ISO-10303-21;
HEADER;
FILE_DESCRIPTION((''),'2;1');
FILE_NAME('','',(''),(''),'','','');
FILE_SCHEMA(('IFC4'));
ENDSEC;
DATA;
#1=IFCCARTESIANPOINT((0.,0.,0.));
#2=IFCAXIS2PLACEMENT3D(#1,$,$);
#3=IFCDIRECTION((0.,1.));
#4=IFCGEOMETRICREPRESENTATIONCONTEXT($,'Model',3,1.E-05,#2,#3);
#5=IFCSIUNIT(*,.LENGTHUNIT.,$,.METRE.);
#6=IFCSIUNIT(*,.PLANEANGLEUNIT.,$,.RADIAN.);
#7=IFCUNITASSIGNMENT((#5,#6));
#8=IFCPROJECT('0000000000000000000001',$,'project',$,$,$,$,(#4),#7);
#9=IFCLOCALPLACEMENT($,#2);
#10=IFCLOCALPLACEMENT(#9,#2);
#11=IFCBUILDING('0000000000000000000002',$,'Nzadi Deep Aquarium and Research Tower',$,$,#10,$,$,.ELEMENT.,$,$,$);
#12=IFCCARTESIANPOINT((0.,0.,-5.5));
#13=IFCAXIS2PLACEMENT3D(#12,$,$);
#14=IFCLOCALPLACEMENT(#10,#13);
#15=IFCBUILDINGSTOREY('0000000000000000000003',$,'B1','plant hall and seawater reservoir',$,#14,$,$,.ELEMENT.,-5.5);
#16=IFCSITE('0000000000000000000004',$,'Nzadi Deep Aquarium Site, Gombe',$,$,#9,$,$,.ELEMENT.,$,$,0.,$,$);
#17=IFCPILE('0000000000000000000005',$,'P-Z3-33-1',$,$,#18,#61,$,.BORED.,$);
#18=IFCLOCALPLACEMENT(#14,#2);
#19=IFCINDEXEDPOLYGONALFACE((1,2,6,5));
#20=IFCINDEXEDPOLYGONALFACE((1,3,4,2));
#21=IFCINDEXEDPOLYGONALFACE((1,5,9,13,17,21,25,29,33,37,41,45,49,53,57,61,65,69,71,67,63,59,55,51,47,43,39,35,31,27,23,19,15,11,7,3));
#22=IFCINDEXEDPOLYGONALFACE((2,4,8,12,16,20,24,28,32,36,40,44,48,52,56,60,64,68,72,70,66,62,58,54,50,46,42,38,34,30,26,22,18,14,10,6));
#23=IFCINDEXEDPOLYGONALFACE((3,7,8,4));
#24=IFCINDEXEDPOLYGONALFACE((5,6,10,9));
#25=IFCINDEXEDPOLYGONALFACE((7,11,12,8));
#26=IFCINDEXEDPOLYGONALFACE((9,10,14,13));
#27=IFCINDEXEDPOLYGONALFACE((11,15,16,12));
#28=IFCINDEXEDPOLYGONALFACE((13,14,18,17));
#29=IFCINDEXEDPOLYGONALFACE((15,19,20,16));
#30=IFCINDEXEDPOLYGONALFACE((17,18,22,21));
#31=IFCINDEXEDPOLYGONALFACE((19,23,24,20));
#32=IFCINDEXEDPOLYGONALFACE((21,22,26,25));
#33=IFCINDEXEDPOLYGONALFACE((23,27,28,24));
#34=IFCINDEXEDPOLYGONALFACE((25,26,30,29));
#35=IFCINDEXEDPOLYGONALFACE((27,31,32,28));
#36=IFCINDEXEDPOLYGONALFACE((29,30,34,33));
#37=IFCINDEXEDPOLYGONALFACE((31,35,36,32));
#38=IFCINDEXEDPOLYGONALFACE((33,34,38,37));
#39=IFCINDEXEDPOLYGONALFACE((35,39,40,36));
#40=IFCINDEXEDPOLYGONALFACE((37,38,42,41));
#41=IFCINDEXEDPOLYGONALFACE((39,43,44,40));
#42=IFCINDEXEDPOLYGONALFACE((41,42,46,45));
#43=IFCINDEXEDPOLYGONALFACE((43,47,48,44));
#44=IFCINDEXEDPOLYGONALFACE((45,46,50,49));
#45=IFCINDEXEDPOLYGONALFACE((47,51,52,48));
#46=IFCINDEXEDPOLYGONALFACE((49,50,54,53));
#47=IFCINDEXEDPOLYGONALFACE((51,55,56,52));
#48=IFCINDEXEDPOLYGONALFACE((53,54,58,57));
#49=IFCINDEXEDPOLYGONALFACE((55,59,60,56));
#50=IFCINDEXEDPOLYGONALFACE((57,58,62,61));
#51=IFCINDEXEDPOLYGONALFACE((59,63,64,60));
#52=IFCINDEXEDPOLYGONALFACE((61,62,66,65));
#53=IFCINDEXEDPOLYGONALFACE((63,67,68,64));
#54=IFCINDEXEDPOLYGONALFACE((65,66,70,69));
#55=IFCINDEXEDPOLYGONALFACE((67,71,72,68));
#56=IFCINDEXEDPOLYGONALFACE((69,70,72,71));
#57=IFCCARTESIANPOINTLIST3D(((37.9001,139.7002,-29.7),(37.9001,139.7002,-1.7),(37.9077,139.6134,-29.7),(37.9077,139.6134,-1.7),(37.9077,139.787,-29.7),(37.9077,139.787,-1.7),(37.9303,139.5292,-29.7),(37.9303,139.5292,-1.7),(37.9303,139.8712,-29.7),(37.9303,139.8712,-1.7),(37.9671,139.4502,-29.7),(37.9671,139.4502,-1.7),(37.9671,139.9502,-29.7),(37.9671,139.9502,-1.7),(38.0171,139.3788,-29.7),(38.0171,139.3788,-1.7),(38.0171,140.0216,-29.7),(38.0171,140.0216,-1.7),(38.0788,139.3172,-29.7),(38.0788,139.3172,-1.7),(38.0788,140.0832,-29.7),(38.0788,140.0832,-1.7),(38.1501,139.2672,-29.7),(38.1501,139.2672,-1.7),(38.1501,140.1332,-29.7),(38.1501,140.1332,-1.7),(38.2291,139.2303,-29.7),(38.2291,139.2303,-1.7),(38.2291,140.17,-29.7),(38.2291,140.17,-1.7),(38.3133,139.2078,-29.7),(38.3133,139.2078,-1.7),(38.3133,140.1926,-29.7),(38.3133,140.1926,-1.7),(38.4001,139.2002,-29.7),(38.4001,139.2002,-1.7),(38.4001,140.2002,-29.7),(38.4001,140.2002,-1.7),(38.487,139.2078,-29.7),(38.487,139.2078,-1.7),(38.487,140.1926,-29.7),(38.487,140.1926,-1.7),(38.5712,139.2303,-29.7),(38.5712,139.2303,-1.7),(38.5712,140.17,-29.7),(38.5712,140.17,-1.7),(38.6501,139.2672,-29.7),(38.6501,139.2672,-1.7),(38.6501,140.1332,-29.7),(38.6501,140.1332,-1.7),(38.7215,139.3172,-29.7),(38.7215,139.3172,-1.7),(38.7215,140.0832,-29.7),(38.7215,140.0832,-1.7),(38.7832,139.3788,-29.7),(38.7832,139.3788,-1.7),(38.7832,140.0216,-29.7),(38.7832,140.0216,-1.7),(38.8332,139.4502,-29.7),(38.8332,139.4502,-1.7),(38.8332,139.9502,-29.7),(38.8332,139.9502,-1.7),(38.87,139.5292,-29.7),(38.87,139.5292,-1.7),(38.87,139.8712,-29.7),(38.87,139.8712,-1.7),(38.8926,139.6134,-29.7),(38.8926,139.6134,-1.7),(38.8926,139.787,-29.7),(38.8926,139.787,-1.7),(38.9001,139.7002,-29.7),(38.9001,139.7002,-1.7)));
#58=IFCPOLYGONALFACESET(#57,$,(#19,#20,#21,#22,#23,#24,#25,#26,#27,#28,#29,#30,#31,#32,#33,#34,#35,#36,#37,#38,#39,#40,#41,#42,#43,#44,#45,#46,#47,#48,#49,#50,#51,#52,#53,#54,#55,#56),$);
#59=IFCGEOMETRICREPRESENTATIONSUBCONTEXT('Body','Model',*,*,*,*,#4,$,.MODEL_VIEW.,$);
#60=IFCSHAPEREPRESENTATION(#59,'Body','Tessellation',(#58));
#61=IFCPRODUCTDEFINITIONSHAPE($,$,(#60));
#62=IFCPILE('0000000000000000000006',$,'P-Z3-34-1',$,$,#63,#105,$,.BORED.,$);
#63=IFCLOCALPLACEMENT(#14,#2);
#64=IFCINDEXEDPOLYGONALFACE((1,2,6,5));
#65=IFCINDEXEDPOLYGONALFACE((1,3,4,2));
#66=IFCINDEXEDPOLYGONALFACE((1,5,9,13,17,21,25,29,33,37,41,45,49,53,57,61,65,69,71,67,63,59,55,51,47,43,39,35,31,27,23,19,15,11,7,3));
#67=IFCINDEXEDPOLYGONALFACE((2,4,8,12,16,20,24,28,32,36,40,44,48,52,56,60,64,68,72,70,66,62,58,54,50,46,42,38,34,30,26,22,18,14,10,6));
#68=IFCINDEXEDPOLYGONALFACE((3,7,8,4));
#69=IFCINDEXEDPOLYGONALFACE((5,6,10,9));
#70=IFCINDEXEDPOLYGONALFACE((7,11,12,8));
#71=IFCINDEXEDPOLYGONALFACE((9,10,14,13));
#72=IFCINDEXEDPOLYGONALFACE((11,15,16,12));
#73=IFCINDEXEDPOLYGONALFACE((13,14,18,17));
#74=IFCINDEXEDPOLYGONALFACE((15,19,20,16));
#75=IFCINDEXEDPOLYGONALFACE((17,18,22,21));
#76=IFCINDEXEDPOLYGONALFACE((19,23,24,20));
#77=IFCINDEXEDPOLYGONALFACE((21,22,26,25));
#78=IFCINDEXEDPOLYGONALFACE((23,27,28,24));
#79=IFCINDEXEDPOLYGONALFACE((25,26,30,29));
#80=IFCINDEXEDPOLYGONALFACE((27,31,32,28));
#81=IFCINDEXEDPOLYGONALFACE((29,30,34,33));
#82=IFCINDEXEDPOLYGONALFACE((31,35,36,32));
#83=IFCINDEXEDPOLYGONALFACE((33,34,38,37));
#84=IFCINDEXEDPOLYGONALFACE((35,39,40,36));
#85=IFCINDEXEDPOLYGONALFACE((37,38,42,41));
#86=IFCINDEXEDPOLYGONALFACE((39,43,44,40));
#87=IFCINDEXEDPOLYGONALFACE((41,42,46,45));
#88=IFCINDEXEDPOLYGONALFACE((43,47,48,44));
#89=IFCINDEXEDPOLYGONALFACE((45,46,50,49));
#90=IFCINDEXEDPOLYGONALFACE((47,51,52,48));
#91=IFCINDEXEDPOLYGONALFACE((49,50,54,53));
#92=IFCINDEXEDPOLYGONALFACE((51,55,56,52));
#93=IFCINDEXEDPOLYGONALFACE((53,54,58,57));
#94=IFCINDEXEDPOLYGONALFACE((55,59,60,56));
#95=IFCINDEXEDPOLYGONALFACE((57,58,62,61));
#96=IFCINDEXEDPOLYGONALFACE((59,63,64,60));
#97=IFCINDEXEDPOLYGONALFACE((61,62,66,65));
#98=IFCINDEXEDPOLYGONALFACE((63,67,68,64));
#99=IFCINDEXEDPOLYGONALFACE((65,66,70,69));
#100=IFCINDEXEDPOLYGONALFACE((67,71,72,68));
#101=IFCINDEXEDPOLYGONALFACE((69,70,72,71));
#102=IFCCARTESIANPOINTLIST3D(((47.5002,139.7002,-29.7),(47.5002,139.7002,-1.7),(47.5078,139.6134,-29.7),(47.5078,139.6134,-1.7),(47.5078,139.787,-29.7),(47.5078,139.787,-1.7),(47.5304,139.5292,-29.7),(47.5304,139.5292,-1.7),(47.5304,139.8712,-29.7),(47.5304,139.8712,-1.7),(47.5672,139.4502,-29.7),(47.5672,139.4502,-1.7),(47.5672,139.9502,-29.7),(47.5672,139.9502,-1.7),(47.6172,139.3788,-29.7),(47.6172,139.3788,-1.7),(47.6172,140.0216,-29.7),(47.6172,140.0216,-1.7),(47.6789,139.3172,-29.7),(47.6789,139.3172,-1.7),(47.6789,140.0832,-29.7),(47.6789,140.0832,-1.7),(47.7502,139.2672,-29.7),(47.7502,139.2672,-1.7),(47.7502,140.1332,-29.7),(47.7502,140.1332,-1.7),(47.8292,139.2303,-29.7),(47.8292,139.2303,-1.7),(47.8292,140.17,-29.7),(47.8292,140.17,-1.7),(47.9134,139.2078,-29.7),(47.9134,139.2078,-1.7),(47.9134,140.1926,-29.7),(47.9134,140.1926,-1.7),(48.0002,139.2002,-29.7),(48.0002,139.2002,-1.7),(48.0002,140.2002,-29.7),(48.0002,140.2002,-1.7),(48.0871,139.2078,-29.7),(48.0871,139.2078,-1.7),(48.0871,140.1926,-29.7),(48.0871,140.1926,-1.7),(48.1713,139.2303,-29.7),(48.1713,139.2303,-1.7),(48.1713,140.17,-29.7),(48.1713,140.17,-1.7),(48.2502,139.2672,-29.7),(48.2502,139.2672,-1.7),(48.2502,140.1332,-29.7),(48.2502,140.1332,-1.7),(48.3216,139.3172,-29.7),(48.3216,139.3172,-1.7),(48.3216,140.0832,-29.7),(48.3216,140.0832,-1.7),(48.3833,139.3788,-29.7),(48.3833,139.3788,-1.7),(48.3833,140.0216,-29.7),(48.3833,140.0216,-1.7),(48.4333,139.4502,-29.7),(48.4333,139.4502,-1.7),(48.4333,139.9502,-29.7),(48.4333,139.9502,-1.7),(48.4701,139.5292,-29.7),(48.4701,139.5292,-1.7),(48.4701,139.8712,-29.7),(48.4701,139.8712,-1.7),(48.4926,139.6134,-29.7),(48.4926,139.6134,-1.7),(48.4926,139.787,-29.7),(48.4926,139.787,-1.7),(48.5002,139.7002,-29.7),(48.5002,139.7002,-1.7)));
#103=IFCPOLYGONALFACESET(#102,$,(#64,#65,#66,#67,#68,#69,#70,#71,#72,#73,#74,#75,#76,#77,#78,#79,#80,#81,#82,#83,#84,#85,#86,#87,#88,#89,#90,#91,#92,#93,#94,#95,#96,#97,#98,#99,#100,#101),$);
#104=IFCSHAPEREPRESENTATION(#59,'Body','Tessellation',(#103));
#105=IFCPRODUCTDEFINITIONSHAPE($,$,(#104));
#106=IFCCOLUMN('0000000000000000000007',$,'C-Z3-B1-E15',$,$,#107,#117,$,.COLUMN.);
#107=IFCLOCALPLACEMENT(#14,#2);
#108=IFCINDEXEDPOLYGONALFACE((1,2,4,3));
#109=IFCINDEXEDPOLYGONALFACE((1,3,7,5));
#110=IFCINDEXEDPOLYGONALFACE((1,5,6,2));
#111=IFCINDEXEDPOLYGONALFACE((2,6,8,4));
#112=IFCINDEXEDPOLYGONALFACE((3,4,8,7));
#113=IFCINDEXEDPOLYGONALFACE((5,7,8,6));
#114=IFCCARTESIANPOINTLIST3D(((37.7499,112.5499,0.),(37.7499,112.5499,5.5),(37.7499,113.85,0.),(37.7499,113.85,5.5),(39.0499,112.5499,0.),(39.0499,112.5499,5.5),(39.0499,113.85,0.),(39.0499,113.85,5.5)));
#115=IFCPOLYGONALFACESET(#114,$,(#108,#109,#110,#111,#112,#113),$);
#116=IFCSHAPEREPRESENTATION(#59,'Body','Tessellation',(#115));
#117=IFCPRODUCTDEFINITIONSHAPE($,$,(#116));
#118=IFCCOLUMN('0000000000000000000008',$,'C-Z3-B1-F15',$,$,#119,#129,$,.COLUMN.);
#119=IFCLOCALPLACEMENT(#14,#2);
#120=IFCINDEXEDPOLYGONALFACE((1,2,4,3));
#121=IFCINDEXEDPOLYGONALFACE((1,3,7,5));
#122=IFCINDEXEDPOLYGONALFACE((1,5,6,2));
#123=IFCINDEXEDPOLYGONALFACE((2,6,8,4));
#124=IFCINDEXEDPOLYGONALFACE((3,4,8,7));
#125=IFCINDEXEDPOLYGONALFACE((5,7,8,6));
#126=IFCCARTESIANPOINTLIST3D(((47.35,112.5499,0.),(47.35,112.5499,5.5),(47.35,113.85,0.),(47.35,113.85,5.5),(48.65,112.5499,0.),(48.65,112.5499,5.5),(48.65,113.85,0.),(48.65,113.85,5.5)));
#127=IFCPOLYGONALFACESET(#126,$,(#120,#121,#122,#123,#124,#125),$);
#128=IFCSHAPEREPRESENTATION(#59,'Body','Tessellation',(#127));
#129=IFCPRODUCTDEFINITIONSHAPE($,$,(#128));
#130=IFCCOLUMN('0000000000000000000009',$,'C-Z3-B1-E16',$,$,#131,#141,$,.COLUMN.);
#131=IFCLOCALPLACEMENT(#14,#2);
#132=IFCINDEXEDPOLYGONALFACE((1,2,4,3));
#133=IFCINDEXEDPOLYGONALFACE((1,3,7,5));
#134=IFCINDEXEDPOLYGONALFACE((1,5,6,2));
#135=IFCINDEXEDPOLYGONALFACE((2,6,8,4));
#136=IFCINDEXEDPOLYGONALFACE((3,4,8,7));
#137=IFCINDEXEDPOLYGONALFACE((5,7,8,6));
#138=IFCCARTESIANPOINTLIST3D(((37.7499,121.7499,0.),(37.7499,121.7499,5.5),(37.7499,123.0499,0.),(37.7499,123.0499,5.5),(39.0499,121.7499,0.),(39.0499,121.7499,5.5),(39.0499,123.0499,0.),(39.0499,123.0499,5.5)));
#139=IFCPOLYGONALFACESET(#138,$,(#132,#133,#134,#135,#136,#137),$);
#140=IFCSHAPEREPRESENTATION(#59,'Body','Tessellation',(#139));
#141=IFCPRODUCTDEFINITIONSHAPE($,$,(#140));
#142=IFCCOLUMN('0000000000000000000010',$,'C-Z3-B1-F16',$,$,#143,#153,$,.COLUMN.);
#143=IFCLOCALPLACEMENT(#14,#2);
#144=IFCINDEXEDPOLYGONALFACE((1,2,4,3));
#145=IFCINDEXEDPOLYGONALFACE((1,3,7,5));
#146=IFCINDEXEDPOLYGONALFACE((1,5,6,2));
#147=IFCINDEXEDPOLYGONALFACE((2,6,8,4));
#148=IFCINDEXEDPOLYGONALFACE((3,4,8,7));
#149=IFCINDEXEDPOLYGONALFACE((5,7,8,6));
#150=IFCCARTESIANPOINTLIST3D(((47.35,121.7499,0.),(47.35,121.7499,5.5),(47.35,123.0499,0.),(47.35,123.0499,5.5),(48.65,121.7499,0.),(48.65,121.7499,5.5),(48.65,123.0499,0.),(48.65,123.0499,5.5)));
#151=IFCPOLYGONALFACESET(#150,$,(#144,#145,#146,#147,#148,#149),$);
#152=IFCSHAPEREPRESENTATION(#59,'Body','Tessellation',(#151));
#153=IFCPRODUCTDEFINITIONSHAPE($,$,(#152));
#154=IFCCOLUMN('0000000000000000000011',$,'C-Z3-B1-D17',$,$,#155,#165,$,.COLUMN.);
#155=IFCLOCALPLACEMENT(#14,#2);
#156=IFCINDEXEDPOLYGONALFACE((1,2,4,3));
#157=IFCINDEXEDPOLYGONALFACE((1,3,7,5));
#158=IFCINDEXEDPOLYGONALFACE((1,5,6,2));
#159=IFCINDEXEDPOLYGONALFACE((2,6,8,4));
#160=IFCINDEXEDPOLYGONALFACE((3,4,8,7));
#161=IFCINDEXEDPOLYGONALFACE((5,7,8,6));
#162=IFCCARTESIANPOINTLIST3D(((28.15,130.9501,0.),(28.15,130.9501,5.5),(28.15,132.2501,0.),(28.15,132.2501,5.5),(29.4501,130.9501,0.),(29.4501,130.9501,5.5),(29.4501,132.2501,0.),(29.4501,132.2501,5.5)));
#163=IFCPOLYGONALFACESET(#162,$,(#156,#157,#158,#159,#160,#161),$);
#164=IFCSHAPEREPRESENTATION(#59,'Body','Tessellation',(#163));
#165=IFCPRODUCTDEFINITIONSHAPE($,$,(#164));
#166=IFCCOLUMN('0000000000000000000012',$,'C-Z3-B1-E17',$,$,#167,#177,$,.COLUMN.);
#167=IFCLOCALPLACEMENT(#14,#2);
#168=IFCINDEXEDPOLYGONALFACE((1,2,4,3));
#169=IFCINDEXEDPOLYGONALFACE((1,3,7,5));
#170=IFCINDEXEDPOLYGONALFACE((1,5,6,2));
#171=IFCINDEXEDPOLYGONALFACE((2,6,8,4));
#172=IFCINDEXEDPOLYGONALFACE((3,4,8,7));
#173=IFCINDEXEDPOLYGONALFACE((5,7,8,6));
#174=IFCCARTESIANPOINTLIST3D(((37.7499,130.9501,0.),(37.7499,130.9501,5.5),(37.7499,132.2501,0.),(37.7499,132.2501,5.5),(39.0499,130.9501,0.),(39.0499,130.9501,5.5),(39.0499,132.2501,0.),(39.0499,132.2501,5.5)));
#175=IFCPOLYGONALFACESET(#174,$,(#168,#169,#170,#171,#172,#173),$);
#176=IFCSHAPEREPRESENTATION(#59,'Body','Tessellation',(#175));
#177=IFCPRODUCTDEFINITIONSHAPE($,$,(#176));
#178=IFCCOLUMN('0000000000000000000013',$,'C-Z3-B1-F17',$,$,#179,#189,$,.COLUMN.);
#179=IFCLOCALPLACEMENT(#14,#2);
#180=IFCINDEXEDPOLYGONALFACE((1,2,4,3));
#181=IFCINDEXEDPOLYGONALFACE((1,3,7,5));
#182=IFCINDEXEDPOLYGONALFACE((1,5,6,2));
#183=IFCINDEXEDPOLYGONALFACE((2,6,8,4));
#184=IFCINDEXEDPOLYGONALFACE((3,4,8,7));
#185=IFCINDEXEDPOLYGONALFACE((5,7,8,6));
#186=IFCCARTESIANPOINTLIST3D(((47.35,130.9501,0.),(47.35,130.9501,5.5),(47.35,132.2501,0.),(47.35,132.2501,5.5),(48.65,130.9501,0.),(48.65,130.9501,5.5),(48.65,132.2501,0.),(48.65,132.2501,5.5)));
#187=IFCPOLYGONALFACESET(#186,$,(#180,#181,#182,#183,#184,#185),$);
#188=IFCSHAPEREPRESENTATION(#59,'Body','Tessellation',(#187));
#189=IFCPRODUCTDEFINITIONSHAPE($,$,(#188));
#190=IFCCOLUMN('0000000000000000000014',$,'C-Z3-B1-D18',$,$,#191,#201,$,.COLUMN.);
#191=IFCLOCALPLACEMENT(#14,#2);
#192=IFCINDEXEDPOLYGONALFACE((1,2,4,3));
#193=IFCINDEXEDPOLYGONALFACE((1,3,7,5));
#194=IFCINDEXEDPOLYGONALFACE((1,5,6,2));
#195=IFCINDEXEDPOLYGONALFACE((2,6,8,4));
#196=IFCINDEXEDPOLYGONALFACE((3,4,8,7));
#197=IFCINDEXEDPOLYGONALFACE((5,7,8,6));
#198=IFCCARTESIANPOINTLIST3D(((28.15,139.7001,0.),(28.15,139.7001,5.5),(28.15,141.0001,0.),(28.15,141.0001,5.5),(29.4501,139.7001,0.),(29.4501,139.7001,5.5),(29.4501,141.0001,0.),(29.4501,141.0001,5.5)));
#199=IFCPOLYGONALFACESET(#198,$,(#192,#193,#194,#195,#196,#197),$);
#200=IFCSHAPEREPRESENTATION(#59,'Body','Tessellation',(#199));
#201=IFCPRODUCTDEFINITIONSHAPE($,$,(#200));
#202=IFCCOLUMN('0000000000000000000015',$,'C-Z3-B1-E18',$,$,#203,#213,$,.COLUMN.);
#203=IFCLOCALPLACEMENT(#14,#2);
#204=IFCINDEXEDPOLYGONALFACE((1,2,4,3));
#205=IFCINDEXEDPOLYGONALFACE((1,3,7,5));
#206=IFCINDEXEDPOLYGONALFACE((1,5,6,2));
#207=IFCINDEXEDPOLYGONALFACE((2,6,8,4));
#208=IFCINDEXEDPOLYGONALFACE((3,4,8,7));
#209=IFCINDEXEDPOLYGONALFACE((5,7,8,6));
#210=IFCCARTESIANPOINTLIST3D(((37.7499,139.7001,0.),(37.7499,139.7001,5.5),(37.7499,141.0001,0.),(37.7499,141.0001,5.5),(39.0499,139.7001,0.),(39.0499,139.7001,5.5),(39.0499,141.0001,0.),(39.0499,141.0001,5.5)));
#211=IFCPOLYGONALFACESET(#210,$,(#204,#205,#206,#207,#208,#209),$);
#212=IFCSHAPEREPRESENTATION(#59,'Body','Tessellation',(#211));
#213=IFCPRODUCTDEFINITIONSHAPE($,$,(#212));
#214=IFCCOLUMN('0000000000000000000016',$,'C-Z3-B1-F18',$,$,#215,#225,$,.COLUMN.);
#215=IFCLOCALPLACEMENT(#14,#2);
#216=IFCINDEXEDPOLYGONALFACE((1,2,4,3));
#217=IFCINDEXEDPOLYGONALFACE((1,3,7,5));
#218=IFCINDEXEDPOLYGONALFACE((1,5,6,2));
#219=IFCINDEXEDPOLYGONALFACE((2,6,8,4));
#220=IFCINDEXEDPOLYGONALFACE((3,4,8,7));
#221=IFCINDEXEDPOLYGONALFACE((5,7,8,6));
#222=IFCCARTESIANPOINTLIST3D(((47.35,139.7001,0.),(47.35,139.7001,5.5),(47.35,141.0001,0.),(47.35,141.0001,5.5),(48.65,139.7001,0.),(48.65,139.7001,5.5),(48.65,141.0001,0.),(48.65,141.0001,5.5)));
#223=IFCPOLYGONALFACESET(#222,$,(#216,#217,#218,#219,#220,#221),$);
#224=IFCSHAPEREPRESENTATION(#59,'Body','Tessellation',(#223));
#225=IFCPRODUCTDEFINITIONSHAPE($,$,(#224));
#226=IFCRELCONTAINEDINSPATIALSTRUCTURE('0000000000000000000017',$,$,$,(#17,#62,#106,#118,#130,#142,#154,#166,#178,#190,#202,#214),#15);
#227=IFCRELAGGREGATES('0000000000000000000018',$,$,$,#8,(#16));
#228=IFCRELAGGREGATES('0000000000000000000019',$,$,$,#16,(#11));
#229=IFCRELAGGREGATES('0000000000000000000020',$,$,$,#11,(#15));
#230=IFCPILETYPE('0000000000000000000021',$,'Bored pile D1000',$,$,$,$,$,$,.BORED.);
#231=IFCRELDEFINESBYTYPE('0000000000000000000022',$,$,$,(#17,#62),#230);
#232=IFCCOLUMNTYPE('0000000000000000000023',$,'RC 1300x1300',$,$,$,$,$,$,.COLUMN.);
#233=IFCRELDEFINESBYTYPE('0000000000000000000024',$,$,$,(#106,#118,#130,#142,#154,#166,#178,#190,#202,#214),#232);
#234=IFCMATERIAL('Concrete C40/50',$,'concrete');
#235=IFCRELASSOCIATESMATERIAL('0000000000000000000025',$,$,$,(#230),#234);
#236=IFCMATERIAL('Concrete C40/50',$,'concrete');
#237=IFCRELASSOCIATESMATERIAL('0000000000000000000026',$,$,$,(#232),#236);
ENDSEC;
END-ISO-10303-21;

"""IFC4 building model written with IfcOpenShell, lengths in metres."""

from ifc_helpers import new_model, si_unit, direction, frame, origin, origin_2d, place, context, subcontext, project, spatial, rectangle, circle, extrude, material, material_profile, profile_set, type_object, element, save


model = new_model("IFC4")

# Units and contexts
model_context = context("Model", 3, precision=1e-05, world=origin(), true_north=direction((0.0, 1.0)))
body_context = subcontext(model_context, "Body", "Model", "MODEL_VIEW")
ifc_project = project(units=[si_unit("LENGTHUNIT", "METRE"), si_unit("PLANEANGLEUNIT", "RADIAN")], contexts=[model_context])

# Site, building, storey
site_placement = place(None, origin())
site = spatial("IfcSite", under=ifc_project, at=site_placement, Name="Nzadi Deep Aquarium Site, Gombe", CompositionType="ELEMENT", RefElevation=0.0)
building_placement = place(site_placement, origin())
building = spatial("IfcBuilding", under=site, at=building_placement, Name="Nzadi Deep Aquarium and Research Tower", CompositionType="ELEMENT")
storey_placement = place(building_placement, frame((0.0, 0.0, -5.5)))
storey = spatial("IfcBuildingStorey", under=building, at=storey_placement, Name="B1", Description="plant hall and seawater reservoir", CompositionType="ELEMENT", Elevation=-5.5)

# Piles
ifc_material_1 = material(Name="Concrete C40/50", Category="concrete")
ifc_material_profile_1 = material_profile(ifc_material_1, circle(Radius=0.5, at=origin_2d()))
ifc_profile_set_1 = profile_set([ifc_material_profile_1], Name="Concrete C40/50")
pile_type = type_object("IfcPileType", Name="Bored pile D1000", PredefinedType="BORED", material=ifc_profile_set_1)
for number, where, z_axis, x_axis, name in (
    (1, (38.4001, 139.7002, -1.7), (0.0, 0.0, -1.0), (1.0, 0.0, 0.0), "P-Z3-33-1"),
    (2, (48.0002, 139.7002, -1.7), (0.0, 0.0, -1.0), (1.0, 0.0, 0.0), "P-Z3-34-1"),
):
    element("IfcPile", number, at=place(storey_placement, frame(where, z_axis=z_axis, x_axis=x_axis)), inside=storey, type_object=pile_type, Name=name, PredefinedType="BORED", context=body_context, shape_type="SweptSolid", body=[
        extrude(circle(Radius=0.5, at=origin_2d()), origin(), (0.0, 0.0, 1.0), 28.0),
    ])

# Columns
ifc_material_2 = material(Name="Concrete C40/50", Category="concrete")
ifc_material_profile_2 = material_profile(ifc_material_2, rectangle(XDim=1.3, YDim=1.3, at=origin_2d()))
ifc_profile_set_2 = profile_set([ifc_material_profile_2], Name="Concrete C40/50")
column_type = type_object("IfcColumnType", Name="RC 1300x1300", PredefinedType="COLUMN", material=ifc_profile_set_2)
for number, where, z_axis, x_axis, name in (
    (3, (38.3999, 113.2, 0.0), (0.0, 0.0, 1.0), (1.0, 0.0, 0.0), "C-Z3-B1-E15"),
    (4, (48.0, 113.2, 0.0), (0.0, 0.0, 1.0), (1.0, 0.0, 0.0), "C-Z3-B1-F15"),
    (5, (38.3999, 122.3999, 0.0), (0.0, 0.0, 1.0), (1.0, 0.0, 0.0), "C-Z3-B1-E16"),
    (6, (48.0, 122.3999, 0.0), (0.0, 0.0, 1.0), (1.0, 0.0, 0.0), "C-Z3-B1-F16"),
    (7, (28.8, 131.6001, 0.0), (0.0, 0.0, 1.0), (1.0, 0.0, 0.0), "C-Z3-B1-D17"),
    (8, (38.3999, 131.6001, 0.0), (0.0, 0.0, 1.0), (1.0, 0.0, 0.0), "C-Z3-B1-E17"),
    (9, (48.0, 131.6001, 0.0), (0.0, 0.0, 1.0), (1.0, 0.0, 0.0), "C-Z3-B1-F17"),
    (10, (28.8, 140.3501, 0.0), (0.0, 0.0, 1.0), (1.0, 0.0, 0.0), "C-Z3-B1-D18"),
    (11, (38.3999, 140.3501, 0.0), (0.0, 0.0, 1.0), (1.0, 0.0, 0.0), "C-Z3-B1-E18"),
    (12, (48.0, 140.3501, 0.0), (0.0, 0.0, 1.0), (1.0, 0.0, 0.0), "C-Z3-B1-F18"),
):
    element("IfcColumn", number, at=place(storey_placement, frame(where, z_axis=z_axis, x_axis=x_axis)), inside=storey, type_object=column_type, Name=name, PredefinedType="COLUMN", context=body_context, shape_type="SweptSolid", body=[
        extrude(rectangle(XDim=1.3, YDim=1.3, at=origin_2d()), origin(), (0.0, 0.0, 1.0), 5.5),
    ])

save(model, "model.ifc")
